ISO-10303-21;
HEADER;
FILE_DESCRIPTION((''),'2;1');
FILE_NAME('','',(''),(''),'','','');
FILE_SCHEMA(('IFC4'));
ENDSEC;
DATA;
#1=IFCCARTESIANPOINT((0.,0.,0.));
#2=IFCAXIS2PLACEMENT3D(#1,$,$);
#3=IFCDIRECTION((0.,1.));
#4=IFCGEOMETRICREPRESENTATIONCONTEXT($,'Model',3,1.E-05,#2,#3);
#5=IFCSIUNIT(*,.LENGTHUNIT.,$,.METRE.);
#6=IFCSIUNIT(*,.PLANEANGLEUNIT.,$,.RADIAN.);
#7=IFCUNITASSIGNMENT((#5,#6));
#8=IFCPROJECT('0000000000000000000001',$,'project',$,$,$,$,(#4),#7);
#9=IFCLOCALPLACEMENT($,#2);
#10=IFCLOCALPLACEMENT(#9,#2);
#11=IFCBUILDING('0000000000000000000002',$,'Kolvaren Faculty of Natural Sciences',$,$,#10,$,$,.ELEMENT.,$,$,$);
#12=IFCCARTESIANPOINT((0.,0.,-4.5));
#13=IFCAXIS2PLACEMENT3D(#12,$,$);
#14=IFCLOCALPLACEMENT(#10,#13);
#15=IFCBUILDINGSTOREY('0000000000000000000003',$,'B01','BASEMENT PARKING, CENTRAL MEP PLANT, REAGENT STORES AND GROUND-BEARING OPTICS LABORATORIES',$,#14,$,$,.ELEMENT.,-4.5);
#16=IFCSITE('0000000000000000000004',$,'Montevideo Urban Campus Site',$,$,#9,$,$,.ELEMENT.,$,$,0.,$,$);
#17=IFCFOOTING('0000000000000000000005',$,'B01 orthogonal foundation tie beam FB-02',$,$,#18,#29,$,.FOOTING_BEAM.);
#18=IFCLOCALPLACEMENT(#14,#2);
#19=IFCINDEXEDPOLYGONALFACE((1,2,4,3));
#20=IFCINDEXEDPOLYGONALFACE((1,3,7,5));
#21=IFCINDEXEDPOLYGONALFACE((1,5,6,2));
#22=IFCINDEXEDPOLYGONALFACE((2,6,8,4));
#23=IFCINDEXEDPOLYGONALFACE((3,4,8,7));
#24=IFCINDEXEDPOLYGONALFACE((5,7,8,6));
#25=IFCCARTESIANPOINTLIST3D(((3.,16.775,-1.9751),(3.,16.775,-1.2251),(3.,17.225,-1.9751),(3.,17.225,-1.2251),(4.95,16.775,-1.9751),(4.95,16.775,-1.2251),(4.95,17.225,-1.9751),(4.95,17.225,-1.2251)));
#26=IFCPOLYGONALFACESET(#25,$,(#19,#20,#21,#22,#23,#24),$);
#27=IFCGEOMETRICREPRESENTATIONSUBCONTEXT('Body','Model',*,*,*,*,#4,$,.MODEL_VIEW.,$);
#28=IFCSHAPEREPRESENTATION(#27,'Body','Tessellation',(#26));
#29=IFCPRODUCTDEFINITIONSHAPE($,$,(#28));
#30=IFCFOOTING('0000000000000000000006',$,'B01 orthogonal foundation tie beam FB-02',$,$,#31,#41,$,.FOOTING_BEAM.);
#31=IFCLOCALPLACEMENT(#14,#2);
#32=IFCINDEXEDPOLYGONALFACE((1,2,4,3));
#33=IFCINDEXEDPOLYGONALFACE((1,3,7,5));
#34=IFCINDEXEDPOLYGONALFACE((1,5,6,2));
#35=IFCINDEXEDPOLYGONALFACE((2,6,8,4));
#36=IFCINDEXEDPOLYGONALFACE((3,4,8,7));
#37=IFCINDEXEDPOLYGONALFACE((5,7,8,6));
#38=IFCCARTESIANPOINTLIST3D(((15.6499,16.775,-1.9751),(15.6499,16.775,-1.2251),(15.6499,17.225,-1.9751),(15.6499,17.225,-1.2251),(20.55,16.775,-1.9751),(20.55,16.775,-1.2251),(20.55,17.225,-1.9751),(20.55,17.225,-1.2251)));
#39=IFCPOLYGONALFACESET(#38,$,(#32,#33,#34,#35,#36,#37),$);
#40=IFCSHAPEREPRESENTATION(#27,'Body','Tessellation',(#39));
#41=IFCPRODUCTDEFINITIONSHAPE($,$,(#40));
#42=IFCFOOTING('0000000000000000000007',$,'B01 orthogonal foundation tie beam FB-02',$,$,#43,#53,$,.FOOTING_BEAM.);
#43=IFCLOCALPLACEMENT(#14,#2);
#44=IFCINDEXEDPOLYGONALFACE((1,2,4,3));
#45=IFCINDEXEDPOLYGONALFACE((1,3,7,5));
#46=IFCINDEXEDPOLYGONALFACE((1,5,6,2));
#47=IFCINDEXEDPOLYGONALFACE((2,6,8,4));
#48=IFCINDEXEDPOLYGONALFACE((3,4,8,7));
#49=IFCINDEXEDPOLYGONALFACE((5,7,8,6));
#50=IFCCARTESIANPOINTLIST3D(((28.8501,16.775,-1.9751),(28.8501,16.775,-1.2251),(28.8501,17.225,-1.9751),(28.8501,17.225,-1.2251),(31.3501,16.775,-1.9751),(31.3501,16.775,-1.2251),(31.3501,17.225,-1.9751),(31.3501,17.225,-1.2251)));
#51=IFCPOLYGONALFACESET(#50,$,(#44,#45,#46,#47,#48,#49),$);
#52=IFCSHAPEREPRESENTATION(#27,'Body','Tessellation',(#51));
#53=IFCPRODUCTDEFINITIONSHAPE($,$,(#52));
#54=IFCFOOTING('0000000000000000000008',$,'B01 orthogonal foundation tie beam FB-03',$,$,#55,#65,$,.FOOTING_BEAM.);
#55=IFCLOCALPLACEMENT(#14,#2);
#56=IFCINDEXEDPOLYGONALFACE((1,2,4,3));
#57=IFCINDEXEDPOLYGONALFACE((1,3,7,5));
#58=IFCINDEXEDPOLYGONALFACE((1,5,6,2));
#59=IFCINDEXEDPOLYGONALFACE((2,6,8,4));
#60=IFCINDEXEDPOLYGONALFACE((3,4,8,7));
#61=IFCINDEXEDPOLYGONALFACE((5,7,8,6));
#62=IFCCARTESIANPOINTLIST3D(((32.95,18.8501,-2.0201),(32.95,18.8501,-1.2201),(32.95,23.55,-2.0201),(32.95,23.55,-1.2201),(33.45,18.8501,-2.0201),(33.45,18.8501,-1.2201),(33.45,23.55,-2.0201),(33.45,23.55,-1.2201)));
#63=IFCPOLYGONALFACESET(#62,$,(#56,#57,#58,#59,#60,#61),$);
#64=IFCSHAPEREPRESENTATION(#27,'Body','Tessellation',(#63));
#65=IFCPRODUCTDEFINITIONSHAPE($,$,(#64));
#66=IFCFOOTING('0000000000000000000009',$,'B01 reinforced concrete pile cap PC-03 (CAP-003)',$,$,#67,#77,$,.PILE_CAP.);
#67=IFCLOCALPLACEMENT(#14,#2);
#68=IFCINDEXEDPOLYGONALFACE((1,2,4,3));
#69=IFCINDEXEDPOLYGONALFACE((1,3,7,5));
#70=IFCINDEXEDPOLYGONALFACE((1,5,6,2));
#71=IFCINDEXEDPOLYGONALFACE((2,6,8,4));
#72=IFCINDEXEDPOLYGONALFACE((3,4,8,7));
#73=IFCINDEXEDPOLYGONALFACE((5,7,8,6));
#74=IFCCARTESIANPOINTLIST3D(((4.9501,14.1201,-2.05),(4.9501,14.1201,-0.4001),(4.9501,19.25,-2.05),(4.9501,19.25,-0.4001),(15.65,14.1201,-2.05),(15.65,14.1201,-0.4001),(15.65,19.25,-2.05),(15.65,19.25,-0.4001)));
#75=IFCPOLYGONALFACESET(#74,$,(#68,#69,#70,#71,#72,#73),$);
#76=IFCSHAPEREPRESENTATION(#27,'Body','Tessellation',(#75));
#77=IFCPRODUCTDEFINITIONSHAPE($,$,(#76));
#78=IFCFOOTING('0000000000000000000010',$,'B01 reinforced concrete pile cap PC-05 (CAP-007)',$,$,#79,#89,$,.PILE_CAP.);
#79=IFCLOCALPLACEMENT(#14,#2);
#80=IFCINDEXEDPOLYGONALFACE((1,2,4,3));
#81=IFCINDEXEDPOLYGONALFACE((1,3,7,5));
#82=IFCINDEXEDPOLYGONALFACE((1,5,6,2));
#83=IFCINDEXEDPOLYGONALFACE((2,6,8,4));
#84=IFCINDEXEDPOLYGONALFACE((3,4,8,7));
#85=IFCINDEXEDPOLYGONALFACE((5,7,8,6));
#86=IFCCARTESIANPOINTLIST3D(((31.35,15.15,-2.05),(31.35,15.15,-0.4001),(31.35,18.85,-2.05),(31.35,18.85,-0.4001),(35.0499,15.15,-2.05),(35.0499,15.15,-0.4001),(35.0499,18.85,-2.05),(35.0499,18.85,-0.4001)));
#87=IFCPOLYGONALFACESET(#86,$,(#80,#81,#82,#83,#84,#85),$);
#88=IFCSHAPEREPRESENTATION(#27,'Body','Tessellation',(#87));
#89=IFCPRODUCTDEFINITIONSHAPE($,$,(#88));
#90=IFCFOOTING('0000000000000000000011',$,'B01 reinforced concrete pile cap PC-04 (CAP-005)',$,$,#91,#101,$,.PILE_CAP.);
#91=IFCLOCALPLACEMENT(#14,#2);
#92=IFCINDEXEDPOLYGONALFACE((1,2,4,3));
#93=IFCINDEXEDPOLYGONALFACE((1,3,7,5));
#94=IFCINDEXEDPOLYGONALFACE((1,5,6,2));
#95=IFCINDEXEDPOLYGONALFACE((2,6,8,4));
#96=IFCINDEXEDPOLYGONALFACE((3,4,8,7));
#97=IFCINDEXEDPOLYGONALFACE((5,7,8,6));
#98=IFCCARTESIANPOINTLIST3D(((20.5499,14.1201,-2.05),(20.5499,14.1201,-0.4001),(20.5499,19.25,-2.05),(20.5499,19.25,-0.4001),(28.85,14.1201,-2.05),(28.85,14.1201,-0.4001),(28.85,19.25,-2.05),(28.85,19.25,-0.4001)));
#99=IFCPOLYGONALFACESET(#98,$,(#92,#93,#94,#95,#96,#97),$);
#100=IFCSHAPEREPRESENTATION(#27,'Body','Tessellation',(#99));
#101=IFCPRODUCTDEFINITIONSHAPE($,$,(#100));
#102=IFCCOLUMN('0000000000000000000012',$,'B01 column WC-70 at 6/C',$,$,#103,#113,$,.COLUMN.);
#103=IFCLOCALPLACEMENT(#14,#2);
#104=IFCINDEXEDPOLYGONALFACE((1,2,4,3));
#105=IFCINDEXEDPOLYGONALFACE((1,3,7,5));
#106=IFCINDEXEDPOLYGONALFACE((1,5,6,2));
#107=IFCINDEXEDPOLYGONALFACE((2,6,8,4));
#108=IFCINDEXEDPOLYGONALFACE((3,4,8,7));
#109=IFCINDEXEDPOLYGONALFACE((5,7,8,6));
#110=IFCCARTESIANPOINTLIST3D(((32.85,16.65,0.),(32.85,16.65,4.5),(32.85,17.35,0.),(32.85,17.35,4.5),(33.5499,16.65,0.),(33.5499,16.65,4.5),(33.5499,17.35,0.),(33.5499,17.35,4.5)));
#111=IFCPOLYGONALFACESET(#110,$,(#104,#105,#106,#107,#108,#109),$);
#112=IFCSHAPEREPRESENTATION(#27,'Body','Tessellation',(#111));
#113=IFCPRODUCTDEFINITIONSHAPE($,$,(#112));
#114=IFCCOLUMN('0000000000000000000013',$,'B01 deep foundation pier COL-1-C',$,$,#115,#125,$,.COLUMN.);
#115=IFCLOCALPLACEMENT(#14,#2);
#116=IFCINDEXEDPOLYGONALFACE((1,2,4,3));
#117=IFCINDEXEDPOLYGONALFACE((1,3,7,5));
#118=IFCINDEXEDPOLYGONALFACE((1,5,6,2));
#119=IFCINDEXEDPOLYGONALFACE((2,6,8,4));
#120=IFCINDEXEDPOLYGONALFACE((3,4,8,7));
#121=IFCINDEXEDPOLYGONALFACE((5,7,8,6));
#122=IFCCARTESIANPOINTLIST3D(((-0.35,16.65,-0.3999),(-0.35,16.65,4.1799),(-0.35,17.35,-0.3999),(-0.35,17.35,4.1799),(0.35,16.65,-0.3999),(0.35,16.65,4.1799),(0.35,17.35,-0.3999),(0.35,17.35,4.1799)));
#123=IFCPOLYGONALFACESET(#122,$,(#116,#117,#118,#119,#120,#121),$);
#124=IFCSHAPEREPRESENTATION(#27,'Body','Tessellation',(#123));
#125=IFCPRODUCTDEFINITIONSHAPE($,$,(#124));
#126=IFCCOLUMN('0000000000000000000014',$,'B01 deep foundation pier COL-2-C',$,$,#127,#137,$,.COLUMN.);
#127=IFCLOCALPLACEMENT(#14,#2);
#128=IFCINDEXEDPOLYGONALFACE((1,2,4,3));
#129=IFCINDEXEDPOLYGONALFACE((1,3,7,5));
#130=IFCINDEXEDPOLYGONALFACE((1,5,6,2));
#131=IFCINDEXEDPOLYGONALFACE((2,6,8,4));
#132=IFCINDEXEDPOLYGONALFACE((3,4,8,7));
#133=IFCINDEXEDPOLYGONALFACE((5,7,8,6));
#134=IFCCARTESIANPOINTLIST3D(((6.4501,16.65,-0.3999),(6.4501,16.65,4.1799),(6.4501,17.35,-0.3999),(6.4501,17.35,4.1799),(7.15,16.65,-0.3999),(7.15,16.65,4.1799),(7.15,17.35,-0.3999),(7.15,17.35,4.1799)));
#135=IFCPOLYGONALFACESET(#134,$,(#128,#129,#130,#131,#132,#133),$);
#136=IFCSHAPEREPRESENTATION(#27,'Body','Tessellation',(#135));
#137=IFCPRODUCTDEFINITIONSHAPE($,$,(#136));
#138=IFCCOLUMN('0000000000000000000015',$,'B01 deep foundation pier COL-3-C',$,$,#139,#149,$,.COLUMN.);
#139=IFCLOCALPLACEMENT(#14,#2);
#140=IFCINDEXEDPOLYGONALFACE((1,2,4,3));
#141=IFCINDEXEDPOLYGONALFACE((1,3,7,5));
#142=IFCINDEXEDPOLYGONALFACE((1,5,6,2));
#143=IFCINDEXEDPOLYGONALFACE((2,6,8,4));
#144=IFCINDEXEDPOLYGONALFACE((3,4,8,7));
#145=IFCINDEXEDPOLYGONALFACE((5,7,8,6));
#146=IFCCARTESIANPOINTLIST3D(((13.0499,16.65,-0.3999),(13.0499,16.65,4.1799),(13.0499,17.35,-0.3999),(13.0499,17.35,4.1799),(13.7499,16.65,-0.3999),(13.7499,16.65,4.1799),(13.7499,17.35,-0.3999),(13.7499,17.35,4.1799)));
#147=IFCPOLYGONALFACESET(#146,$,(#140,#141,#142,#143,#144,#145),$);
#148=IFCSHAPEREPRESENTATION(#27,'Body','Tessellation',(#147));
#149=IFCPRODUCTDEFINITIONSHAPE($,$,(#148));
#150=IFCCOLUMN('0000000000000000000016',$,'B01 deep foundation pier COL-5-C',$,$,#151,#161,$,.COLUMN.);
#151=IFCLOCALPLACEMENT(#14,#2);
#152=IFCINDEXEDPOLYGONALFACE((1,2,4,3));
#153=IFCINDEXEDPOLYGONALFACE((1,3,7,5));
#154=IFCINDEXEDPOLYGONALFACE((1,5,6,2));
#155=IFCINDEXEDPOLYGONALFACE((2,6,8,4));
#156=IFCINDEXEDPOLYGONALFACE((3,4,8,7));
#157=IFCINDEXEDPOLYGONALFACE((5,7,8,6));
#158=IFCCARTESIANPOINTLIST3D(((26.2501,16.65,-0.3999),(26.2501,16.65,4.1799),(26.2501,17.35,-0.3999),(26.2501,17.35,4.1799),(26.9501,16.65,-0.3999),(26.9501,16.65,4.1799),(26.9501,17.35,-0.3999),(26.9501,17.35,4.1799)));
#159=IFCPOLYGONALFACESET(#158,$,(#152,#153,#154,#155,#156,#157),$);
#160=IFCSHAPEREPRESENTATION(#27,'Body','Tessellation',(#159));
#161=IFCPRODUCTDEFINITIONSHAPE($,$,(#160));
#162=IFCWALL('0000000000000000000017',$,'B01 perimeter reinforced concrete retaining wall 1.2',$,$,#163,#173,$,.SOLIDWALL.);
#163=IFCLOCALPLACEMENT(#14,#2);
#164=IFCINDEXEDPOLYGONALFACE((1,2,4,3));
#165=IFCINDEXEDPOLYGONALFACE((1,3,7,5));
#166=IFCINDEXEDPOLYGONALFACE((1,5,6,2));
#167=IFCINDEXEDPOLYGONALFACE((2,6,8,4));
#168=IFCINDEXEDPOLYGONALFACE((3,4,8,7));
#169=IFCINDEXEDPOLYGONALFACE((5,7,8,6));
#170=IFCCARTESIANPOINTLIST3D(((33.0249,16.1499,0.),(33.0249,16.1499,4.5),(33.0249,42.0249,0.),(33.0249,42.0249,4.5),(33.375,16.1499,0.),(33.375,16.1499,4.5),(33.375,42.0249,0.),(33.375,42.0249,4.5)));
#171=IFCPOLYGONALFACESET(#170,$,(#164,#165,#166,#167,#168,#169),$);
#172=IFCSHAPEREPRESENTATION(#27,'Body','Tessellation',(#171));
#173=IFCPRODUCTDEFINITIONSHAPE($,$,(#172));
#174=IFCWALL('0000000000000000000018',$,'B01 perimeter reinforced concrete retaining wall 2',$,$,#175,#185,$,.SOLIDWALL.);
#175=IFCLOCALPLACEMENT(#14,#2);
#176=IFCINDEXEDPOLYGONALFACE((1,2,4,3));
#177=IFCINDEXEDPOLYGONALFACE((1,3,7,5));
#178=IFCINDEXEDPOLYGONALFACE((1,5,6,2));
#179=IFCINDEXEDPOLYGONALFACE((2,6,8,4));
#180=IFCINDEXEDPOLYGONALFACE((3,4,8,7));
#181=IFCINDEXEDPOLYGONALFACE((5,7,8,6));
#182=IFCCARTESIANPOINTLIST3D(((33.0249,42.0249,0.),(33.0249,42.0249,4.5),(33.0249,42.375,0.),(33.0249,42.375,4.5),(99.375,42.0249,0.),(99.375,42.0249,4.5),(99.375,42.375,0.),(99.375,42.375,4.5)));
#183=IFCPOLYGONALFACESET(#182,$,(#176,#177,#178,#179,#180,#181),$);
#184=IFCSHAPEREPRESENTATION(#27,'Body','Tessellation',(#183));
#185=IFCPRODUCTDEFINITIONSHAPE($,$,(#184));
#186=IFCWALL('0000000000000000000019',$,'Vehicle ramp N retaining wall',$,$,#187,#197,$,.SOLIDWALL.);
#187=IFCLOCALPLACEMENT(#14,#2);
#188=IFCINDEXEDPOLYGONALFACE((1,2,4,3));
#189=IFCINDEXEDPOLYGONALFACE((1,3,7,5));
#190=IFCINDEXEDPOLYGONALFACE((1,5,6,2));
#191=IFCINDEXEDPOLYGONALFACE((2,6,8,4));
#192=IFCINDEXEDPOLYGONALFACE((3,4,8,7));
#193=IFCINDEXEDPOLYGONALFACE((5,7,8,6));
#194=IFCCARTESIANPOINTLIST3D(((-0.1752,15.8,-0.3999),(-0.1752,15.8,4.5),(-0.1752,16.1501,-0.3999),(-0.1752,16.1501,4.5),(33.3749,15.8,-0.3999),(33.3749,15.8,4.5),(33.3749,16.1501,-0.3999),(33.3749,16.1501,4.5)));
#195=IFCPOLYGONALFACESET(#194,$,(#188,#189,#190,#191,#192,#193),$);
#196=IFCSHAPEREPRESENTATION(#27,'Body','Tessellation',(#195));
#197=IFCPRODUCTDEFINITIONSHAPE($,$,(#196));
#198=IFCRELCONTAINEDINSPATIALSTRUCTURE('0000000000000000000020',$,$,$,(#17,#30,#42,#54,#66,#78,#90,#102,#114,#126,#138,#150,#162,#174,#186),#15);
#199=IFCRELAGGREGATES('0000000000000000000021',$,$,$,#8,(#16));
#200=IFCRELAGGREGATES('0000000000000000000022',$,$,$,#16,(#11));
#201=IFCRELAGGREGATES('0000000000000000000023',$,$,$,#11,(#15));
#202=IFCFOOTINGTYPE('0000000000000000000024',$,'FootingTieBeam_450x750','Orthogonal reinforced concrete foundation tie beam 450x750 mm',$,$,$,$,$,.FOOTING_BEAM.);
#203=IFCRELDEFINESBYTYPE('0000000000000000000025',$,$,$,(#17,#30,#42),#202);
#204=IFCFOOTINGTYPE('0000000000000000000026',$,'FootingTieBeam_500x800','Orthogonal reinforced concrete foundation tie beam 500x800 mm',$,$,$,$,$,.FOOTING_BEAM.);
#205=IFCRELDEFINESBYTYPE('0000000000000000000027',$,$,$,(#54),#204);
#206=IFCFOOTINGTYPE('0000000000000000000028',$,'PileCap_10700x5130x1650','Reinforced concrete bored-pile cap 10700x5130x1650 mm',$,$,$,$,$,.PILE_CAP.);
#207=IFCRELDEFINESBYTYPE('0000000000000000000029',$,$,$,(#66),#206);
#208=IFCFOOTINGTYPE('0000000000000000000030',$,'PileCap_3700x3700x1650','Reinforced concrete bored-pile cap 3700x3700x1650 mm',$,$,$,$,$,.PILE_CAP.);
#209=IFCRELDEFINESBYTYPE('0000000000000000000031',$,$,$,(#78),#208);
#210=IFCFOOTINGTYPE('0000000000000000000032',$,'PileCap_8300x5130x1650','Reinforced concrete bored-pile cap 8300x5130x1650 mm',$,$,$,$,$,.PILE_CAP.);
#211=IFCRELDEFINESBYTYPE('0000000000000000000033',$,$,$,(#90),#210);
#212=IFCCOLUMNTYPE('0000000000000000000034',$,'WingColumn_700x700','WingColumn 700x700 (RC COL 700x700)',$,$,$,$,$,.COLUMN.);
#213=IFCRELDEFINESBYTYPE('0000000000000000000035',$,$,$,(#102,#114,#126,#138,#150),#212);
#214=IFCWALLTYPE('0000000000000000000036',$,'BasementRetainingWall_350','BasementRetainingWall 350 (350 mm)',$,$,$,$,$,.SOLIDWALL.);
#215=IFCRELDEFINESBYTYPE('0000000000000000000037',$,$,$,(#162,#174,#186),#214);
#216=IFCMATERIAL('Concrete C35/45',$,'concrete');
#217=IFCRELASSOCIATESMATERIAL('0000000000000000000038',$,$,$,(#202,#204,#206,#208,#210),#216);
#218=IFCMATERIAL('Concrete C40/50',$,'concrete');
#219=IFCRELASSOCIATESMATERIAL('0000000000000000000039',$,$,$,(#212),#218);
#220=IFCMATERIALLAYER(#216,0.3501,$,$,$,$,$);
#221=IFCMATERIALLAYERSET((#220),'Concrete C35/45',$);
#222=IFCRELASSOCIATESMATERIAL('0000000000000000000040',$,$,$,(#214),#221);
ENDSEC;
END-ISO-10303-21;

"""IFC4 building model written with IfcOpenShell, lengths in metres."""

from ifc_helpers import new_model, si_unit, direction, frame, frame_2d, origin, origin_2d, place, context, subcontext, project, spatial, rectangle, extrude, material, layer, layer_set, material_profile, profile_set, type_object, element, save


model = new_model("IFC4")

# Units and contexts
model_context = context("Model", 3, precision=1e-05, world=origin(), true_north=direction((0.0, 1.0)))
body_context = subcontext(model_context, "Body", "Model", "MODEL_VIEW")
ifc_project = project(units=[si_unit("LENGTHUNIT", "METRE"), si_unit("PLANEANGLEUNIT", "RADIAN")], contexts=[model_context])

# Site, building, storey
site_placement = place(None, origin())
site = spatial("IfcSite", under=ifc_project, at=site_placement, Name="Montevideo Urban Campus Site", CompositionType="ELEMENT", RefElevation=0.0)
building_placement = place(site_placement, origin())
building = spatial("IfcBuilding", under=site, at=building_placement, Name="Kolvaren Faculty of Natural Sciences", CompositionType="ELEMENT")
storey_placement = place(building_placement, frame((0.0, 0.0, -4.5)))
storey = spatial("IfcBuildingStorey", under=building, at=storey_placement, Name="B01", Description="BASEMENT PARKING, CENTRAL MEP PLANT, REAGENT STORES AND GROUND-BEARING OPTICS LABORATORIES", CompositionType="ELEMENT", Elevation=-4.5)

# Shared definitions
ifc_material_1 = material(Name="Concrete C35/45", Category="concrete")

# Footings
ifc_material_profile_1 = material_profile(ifc_material_1, rectangle(XDim=0.45, YDim=0.75, at=origin_2d()), Name="RC FB 450x750")
ifc_profile_set_1 = profile_set([ifc_material_profile_1], Name="Concrete C35/45")
footing_type_1 = type_object("IfcFootingType", Name="FootingTieBeam_450x750", Description="Orthogonal reinforced concrete foundation tie beam 450x750 mm", PredefinedType="FOOTING_BEAM", material=ifc_profile_set_1)
footing_1_placement = place(storey_placement, frame((3.0, 17.0, -1.6001), z_axis=(1.0, 0.0, 0.0), x_axis=(0.0, 1.0, 0.0)))
element("IfcFooting", 1, at=footing_1_placement, inside=storey, type_object=footing_type_1, Name="B01 orthogonal foundation tie beam FB-02", PredefinedType="FOOTING_BEAM", context=body_context, shape_type="SweptSolid", body=[
    extrude(rectangle(XDim=0.45, YDim=0.75, at=origin_2d()), origin(), (0.0, 0.0, 1.0), 1.95),
])
footing_2_placement = place(storey_placement, frame((15.6499, 17.0, -1.6001), z_axis=(1.0, 0.0, 0.0), x_axis=(0.0, 1.0, 0.0)))
element("IfcFooting", 2, at=footing_2_placement, inside=storey, type_object=footing_type_1, Name="B01 orthogonal foundation tie beam FB-02", PredefinedType="FOOTING_BEAM", context=body_context, shape_type="SweptSolid", body=[
    extrude(rectangle(XDim=0.45, YDim=0.75, at=origin_2d()), origin(), (0.0, 0.0, 1.0), 4.9001),
])
footing_3_placement = place(storey_placement, frame((28.8501, 17.0, -1.6001), z_axis=(1.0, 0.0, 0.0), x_axis=(0.0, 1.0, 0.0)))
element("IfcFooting", 3, at=footing_3_placement, inside=storey, type_object=footing_type_1, Name="B01 orthogonal foundation tie beam FB-02", PredefinedType="FOOTING_BEAM", context=body_context, shape_type="SweptSolid", body=[
    extrude(rectangle(XDim=0.45, YDim=0.75, at=origin_2d()), origin(), (0.0, 0.0, 1.0), 2.5),
])
ifc_material_profile_2 = material_profile(ifc_material_1, rectangle(XDim=0.5, YDim=0.8, at=origin_2d()), Name="RC FB 500x800")
ifc_profile_set_2 = profile_set([ifc_material_profile_2], Name="Concrete C35/45")
footing_type_2 = type_object("IfcFootingType", Name="FootingTieBeam_500x800", Description="Orthogonal reinforced concrete foundation tie beam 500x800 mm", PredefinedType="FOOTING_BEAM", material=ifc_profile_set_2)
footing_4_placement = place(storey_placement, frame((33.2, 18.8501, -1.6201), z_axis=(0.0, 1.0, 0.0), x_axis=(-1.0, 0.0, 0.0)))
element("IfcFooting", 4, at=footing_4_placement, inside=storey, type_object=footing_type_2, Name="B01 orthogonal foundation tie beam FB-03", PredefinedType="FOOTING_BEAM", context=body_context, shape_type="SweptSolid", body=[
    extrude(rectangle(XDim=0.5, YDim=0.8, at=origin_2d()), origin(), (0.0, 0.0, 1.0), 4.7),
])
footing_type_3 = type_object("IfcFootingType", Name="PileCap_10700x5130x1650", Description="Reinforced concrete bored-pile cap 10700x5130x1650 mm", PredefinedType="PILE_CAP", material=ifc_material_1)
footing_5_placement = place(storey_placement, frame((10.3, 16.6851, -2.05), z_axis=(0.0, 0.0, 1.0), x_axis=(1.0, 0.0, 0.0)))
element("IfcFooting", 5, at=footing_5_placement, inside=storey, type_object=footing_type_3, Name="B01 reinforced concrete pile cap PC-03 (CAP-003)", PredefinedType="PILE_CAP", context=body_context, shape_type="SweptSolid", body=[
    extrude(rectangle(XDim=10.7, YDim=5.1299, at=origin_2d()), origin(), (0.0, 0.0, 1.0), 1.6499),
])
footing_type_4 = type_object("IfcFootingType", Name="PileCap_3700x3700x1650", Description="Reinforced concrete bored-pile cap 3700x3700x1650 mm", PredefinedType="PILE_CAP", material=ifc_material_1)
footing_6_placement = place(storey_placement, frame((33.2, 17.0, -2.05), z_axis=(0.0, 0.0, 1.0), x_axis=(1.0, 0.0, 0.0)))
element("IfcFooting", 6, at=footing_6_placement, inside=storey, type_object=footing_type_4, Name="B01 reinforced concrete pile cap PC-05 (CAP-007)", PredefinedType="PILE_CAP", context=body_context, shape_type="SweptSolid", body=[
    extrude(rectangle(XDim=3.7, YDim=3.7, at=origin_2d()), origin(), (0.0, 0.0, 1.0), 1.6499),
])
footing_type_5 = type_object("IfcFootingType", Name="PileCap_8300x5130x1650", Description="Reinforced concrete bored-pile cap 8300x5130x1650 mm", PredefinedType="PILE_CAP", material=ifc_material_1)
footing_7_placement = place(storey_placement, frame((24.7, 16.6851, -2.05), z_axis=(0.0, 0.0, 1.0), x_axis=(1.0, 0.0, 0.0)))
element("IfcFooting", 7, at=footing_7_placement, inside=storey, type_object=footing_type_5, Name="B01 reinforced concrete pile cap PC-04 (CAP-005)", PredefinedType="PILE_CAP", context=body_context, shape_type="SweptSolid", body=[
    extrude(rectangle(XDim=8.3, YDim=5.1299, at=origin_2d()), origin(), (0.0, 0.0, 1.0), 1.6499),
])

# Columns
ifc_material_2 = material(Name="Concrete C40/50", Category="concrete")
ifc_material_profile_3 = material_profile(ifc_material_2, rectangle(XDim=0.7, YDim=0.7, at=origin_2d()), Name="RC COL 700x700")
ifc_profile_set_3 = profile_set([ifc_material_profile_3], Name="Concrete C40/50")
column_type = type_object("IfcColumnType", Name="WingColumn_700x700", Description="WingColumn 700x700 (RC COL 700x700)", PredefinedType="COLUMN", material=ifc_profile_set_3)
column_placement = place(storey_placement, frame((33.2, 17.0, 0.0), z_axis=(0.0, 0.0, 1.0), x_axis=(1.0, 0.0, 0.0)))
element("IfcColumn", 8, at=column_placement, inside=storey, type_object=column_type, Name="B01 column WC-70 at 6/C", PredefinedType="COLUMN", context=body_context, shape_type="SweptSolid", body=[
    extrude(rectangle(XDim=0.7, YDim=0.7, at=origin_2d()), origin(), (0.0, 0.0, 1.0), 4.5),
])
for number, where, z_axis, x_axis, name in (
    (9, (0.0, 17.0, -0.3999), (0.0, 0.0, 1.0), (1.0, 0.0, 0.0), "B01 deep foundation pier COL-1-C"),
    (10, (6.8, 17.0, -0.3999), (0.0, 0.0, 1.0), (1.0, 0.0, 0.0), "B01 deep foundation pier COL-2-C"),
    (11, (13.3999, 17.0, -0.3999), (0.0, 0.0, 1.0), (1.0, 0.0, 0.0), "B01 deep foundation pier COL-3-C"),
    (12, (26.6001, 17.0, -0.3999), (0.0, 0.0, 1.0), (1.0, 0.0, 0.0), "B01 deep foundation pier COL-5-C"),
):
    element("IfcColumn", number, at=place(storey_placement, frame(where, z_axis=z_axis, x_axis=x_axis)), inside=storey, type_object=column_type, Name=name, PredefinedType="COLUMN", context=body_context, shape_type="SweptSolid", body=[
        extrude(rectangle(XDim=0.7, YDim=0.7, at=origin_2d()), origin(), (0.0, 0.0, 1.0), 4.5798),
    ])

# Walls
ifc_layer = layer(ifc_material_1, 0.3501)
ifc_layer_set = layer_set([ifc_layer], Name="Concrete C35/45")
wall_type = type_object("IfcWallType", Name="BasementRetainingWall_350", Description="BasementRetainingWall 350 (350 mm)", PredefinedType="SOLIDWALL", material=ifc_layer_set)
wall_1_placement = place(storey_placement, frame((33.2, 16.1499, 0.0), z_axis=(0.0, 0.0, 1.0), x_axis=(0.0, 1.0, 0.0)))
element("IfcWall", 13, at=wall_1_placement, inside=storey, type_object=wall_type, Name="B01 perimeter reinforced concrete retaining wall 1.2", PredefinedType="SOLIDWALL", context=body_context, shape_type="SweptSolid", body=[
    extrude(rectangle(XDim=25.875, YDim=0.3501, at=frame_2d((12.9375, 0.0))), origin(), (0.0, 0.0, 1.0), 4.5),
])
wall_2_placement = place(storey_placement, frame((33.0249, 42.2, 0.0), z_axis=(0.0, 0.0, 1.0), x_axis=(1.0, 0.0, 0.0)))
element("IfcWall", 14, at=wall_2_placement, inside=storey, type_object=wall_type, Name="B01 perimeter reinforced concrete retaining wall 2", PredefinedType="SOLIDWALL", context=body_context, shape_type="SweptSolid", body=[
    extrude(rectangle(XDim=66.3501, YDim=0.3501, at=frame_2d((33.175, 0.0))), origin(), (0.0, 0.0, 1.0), 4.5),
])
wall_3_placement = place(storey_placement, frame((-0.175, 15.9751, -0.3999), z_axis=(0.0, 0.0, 1.0), x_axis=(1.0, 0.0, 0.0)))
element("IfcWall", 15, at=wall_3_placement, inside=storey, type_object=wall_type, Name="Vehicle ramp N retaining wall", PredefinedType="SOLIDWALL", context=body_context, shape_type="SweptSolid", body=[
    extrude(rectangle(XDim=33.55, YDim=0.3501, at=frame_2d((16.7749, 0.0))), origin(), (0.0, 0.0, 1.0), 4.8999),
])

save(model, "model.ifc")
